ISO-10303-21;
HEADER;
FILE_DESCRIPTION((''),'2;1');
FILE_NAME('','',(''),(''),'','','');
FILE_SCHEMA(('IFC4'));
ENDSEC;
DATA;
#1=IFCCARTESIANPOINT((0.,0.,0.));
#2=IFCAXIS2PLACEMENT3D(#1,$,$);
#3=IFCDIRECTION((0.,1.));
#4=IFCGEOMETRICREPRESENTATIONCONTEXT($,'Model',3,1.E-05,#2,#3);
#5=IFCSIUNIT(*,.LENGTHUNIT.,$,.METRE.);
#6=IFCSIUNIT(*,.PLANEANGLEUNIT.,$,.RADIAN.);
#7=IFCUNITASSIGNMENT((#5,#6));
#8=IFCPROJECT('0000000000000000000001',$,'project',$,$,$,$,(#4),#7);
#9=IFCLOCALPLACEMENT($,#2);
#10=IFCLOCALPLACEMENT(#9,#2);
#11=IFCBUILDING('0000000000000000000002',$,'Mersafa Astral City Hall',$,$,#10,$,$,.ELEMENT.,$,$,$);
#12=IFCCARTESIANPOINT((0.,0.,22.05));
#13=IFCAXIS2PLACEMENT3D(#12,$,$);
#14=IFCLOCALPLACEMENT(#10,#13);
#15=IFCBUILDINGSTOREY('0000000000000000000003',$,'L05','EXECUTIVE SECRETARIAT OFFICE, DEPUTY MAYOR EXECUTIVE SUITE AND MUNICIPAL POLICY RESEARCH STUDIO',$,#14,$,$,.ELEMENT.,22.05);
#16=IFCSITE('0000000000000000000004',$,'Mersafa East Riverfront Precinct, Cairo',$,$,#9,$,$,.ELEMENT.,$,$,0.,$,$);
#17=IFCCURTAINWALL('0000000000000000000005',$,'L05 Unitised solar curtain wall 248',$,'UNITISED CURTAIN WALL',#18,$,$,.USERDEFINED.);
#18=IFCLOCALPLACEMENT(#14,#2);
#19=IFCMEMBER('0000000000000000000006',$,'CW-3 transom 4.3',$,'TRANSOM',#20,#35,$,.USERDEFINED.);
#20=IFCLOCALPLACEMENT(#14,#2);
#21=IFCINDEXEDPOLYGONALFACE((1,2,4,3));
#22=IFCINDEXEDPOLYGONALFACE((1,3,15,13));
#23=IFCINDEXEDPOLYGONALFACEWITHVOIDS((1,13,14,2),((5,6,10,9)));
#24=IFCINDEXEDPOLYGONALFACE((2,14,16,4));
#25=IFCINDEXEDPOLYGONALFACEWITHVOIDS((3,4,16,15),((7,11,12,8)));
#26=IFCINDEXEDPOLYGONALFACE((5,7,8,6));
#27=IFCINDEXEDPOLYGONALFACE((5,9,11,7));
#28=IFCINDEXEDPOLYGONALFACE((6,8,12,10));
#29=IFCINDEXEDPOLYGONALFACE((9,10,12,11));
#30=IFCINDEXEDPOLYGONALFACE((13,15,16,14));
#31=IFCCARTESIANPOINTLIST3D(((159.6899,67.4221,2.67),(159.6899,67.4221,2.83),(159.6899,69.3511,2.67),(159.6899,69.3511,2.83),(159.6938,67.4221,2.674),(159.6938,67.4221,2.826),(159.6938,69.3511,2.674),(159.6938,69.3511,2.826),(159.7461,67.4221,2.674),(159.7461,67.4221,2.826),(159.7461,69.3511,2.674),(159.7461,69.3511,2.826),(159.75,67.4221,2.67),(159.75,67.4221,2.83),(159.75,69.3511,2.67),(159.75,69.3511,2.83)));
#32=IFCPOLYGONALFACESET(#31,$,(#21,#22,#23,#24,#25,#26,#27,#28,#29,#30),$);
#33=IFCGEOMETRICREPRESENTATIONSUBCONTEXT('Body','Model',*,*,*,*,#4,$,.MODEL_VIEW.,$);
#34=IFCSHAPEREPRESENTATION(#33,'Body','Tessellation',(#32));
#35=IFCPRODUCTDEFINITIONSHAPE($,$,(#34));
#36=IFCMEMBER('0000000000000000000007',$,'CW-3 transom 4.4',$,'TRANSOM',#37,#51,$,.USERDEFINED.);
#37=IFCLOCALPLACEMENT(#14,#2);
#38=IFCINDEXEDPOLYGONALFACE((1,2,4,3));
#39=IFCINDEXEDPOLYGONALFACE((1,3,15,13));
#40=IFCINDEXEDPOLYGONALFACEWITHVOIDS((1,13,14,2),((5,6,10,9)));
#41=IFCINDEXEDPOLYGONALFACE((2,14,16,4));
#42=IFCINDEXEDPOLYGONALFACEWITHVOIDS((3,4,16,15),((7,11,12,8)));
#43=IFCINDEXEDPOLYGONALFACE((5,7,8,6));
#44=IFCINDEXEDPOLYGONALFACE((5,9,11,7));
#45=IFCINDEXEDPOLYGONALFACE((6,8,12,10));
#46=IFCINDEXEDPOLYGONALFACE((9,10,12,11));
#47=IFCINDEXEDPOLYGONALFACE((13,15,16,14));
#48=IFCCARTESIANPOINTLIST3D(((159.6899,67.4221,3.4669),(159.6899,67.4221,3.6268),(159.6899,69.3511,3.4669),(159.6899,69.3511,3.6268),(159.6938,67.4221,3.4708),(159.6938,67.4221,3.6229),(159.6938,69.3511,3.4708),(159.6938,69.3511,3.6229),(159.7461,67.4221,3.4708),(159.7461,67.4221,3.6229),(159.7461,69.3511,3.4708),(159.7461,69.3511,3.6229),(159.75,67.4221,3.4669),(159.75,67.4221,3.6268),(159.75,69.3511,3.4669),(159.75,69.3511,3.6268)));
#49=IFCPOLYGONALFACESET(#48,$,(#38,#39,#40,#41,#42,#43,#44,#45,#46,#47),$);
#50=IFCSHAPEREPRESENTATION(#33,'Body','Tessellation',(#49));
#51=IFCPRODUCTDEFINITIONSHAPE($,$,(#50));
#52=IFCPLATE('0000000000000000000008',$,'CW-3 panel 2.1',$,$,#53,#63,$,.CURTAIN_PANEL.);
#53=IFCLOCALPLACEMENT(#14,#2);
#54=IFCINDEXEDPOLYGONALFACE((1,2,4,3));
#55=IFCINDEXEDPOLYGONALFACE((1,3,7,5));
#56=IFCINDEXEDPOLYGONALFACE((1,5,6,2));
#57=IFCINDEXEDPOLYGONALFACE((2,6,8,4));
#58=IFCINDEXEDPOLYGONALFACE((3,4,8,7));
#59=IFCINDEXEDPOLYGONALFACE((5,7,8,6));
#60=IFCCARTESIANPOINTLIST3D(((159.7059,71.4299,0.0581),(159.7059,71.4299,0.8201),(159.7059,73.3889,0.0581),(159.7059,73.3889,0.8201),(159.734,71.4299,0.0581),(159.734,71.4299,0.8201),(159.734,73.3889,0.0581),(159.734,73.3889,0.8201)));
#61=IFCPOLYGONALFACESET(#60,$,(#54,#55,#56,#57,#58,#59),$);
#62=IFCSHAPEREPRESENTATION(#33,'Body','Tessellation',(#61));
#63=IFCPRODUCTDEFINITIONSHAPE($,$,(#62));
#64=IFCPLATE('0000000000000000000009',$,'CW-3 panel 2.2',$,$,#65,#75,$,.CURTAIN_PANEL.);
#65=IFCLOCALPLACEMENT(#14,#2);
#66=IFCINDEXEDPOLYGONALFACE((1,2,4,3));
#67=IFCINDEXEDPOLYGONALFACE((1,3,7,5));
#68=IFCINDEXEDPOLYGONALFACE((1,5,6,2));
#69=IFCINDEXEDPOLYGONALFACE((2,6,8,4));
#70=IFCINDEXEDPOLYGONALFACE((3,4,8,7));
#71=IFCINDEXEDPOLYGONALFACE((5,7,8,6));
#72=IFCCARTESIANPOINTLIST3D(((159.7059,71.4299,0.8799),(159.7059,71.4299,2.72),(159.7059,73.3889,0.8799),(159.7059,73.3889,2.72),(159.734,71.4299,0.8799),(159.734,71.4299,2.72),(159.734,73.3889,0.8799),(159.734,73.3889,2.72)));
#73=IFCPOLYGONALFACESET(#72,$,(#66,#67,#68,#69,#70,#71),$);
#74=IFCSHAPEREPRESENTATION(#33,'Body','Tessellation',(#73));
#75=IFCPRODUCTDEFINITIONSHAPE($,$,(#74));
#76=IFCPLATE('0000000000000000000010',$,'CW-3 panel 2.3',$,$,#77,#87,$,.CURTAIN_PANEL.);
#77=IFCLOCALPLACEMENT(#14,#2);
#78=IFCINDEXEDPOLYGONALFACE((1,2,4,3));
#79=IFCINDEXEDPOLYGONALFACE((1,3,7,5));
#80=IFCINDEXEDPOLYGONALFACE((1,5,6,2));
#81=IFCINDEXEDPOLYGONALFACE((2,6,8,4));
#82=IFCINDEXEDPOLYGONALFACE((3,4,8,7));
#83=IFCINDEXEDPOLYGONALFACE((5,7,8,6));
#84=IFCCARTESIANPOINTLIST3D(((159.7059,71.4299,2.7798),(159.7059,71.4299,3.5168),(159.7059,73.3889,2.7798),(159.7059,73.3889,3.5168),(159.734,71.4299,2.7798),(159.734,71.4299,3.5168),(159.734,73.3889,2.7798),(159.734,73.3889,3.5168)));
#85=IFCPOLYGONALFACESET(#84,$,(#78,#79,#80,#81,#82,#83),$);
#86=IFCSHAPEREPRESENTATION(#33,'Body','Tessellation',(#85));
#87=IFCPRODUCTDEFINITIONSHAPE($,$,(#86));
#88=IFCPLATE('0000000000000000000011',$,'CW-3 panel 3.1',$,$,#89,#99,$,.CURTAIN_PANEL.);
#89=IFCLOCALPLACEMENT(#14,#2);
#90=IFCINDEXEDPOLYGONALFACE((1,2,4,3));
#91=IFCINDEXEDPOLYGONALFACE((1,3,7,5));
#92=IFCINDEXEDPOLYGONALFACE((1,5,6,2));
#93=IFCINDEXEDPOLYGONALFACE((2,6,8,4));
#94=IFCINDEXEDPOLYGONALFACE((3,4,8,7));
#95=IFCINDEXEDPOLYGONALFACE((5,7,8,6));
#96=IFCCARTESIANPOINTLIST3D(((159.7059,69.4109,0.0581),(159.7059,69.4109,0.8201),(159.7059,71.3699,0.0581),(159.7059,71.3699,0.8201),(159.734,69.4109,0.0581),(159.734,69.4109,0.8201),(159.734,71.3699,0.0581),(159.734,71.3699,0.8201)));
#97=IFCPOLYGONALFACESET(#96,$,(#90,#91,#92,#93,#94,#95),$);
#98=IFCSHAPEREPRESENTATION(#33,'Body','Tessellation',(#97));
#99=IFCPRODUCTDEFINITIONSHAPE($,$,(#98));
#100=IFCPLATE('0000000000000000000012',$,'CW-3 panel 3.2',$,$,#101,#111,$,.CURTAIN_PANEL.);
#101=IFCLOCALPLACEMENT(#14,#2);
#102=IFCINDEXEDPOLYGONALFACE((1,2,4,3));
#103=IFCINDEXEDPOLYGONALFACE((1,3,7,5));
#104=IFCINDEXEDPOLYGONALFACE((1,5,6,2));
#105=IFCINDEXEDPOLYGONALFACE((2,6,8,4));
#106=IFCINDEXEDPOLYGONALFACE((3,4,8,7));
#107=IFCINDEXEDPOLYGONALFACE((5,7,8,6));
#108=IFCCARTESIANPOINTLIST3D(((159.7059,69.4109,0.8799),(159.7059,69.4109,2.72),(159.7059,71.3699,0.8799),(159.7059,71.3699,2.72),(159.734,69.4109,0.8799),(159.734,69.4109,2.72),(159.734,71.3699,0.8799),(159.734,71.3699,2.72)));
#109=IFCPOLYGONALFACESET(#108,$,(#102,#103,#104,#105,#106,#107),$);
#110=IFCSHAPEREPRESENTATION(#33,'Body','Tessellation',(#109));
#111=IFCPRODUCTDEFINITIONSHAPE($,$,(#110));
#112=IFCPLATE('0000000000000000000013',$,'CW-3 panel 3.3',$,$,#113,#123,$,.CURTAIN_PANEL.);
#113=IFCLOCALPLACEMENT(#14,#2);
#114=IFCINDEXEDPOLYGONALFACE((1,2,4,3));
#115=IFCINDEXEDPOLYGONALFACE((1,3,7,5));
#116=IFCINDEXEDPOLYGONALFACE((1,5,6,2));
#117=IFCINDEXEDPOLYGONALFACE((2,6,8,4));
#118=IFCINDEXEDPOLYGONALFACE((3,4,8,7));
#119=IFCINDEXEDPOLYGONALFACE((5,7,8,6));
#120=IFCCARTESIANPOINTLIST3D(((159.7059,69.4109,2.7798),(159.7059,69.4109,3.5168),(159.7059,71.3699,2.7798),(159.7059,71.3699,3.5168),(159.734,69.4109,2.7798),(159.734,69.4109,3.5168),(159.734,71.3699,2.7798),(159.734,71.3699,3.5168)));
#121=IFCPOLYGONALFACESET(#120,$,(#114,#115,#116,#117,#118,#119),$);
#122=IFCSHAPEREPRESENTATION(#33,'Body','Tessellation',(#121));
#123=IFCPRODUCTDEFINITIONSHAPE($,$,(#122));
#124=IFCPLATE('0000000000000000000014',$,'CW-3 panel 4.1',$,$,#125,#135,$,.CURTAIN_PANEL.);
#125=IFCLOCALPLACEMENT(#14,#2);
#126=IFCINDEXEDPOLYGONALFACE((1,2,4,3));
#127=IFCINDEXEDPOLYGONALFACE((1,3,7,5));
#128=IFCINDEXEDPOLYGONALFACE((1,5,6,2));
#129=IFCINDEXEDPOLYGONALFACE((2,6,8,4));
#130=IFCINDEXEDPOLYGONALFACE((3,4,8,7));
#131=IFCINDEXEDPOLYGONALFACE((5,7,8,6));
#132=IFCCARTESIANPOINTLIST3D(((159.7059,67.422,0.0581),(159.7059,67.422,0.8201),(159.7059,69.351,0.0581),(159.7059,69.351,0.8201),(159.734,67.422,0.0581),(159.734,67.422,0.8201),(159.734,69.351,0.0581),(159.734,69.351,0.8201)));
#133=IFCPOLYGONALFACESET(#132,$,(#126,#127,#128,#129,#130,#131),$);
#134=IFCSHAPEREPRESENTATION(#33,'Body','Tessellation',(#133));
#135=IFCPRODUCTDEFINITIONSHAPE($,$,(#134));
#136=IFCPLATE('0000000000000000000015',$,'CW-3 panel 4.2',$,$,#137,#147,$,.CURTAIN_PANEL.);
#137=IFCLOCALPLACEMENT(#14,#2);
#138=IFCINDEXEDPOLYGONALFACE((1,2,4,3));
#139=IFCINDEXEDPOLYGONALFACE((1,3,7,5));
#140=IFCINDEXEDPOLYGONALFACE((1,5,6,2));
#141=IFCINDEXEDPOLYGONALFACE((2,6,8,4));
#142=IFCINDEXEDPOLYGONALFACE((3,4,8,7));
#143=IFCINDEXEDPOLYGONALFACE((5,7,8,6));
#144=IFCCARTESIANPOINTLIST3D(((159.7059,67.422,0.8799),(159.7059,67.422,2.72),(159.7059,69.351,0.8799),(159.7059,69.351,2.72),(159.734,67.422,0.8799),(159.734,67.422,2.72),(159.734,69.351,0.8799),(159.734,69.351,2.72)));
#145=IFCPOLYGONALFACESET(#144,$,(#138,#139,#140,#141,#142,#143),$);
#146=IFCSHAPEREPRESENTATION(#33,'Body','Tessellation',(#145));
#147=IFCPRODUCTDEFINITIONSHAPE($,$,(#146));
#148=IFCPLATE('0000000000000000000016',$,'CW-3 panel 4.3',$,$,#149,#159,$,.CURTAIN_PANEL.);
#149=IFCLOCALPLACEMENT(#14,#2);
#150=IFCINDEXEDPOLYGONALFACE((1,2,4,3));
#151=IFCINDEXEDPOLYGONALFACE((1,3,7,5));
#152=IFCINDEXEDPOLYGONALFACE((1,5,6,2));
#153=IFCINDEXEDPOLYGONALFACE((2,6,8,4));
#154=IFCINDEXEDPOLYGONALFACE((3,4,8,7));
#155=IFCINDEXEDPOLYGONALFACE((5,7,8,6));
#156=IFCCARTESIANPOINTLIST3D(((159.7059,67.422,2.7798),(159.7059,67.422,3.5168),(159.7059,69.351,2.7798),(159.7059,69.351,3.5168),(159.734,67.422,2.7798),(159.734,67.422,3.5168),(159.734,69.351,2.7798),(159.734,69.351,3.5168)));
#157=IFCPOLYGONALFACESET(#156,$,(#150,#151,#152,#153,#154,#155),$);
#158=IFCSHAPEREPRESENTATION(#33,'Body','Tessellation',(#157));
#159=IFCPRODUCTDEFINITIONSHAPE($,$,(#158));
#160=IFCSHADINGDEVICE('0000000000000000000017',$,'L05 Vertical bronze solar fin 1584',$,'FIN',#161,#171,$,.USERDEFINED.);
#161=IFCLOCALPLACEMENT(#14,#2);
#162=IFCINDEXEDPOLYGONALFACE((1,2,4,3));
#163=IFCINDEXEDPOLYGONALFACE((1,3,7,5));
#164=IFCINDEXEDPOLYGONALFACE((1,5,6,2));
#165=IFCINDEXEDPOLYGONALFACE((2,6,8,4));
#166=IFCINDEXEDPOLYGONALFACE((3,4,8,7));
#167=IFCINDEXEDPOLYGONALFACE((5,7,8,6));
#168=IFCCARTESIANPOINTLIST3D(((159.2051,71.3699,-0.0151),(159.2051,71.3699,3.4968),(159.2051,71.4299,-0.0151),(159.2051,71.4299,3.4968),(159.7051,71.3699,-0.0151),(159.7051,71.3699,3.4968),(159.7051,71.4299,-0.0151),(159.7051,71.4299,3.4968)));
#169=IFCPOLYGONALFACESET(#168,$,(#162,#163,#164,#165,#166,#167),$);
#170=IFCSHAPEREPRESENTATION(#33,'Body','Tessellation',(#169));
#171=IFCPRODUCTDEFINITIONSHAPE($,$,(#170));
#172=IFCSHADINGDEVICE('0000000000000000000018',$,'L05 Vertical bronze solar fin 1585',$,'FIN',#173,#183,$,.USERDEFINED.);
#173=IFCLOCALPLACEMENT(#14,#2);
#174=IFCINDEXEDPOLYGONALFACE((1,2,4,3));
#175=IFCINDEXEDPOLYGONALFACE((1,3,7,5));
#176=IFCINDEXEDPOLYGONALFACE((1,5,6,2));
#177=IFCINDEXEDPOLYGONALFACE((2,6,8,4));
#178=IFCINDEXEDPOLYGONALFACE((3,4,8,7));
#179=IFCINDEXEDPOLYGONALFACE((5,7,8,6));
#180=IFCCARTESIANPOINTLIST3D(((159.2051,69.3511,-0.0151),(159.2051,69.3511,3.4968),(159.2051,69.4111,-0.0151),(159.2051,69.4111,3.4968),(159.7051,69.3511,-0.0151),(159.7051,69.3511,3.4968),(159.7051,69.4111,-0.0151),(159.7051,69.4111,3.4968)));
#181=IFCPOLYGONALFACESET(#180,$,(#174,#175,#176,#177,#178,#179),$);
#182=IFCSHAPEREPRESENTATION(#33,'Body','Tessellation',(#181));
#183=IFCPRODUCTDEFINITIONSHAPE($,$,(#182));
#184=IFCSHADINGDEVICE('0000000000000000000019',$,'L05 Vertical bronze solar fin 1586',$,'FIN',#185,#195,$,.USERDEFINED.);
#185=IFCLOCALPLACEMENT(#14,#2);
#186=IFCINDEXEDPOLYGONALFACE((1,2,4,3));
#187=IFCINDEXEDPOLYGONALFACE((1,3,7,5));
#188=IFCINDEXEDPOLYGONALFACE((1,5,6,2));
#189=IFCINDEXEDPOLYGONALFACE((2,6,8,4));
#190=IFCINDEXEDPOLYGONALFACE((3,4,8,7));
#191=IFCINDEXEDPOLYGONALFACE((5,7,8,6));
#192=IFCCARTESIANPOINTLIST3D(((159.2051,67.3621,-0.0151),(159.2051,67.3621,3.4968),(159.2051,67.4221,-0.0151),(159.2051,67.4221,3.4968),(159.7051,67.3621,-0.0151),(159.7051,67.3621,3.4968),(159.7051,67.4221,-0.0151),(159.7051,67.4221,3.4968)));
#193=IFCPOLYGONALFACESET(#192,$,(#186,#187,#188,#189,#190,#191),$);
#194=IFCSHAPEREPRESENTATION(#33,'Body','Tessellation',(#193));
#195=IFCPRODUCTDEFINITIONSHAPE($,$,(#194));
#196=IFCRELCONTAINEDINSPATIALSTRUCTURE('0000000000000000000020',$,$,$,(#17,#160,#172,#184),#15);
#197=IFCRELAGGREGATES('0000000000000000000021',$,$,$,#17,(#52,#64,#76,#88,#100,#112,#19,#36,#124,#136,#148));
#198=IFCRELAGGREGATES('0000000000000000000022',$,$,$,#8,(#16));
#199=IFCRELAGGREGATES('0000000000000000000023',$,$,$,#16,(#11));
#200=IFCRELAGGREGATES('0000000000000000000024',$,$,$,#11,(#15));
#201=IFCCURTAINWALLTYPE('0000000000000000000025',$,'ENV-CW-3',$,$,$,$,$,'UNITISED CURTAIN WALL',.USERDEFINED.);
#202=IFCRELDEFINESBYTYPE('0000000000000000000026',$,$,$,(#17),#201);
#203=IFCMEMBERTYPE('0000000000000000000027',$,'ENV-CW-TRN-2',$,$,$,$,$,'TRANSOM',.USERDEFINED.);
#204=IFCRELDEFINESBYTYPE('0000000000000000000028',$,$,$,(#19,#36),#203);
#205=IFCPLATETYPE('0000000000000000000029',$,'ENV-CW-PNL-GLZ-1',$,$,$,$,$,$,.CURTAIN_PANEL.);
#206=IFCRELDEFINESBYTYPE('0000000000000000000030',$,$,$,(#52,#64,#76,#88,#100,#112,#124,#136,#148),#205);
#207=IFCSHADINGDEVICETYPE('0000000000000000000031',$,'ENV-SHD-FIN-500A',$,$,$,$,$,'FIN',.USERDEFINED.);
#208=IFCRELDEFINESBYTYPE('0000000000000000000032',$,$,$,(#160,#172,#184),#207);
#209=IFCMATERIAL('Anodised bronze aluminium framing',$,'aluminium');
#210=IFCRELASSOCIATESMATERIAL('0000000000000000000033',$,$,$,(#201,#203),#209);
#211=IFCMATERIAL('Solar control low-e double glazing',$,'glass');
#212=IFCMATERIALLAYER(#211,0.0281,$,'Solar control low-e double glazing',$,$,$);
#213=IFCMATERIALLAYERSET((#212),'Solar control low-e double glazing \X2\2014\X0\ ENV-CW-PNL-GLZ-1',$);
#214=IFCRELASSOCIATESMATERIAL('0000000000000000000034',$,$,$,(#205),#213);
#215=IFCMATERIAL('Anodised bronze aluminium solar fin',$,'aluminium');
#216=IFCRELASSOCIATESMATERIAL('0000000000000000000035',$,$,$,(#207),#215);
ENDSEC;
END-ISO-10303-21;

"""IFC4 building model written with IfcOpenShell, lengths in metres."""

from ifc_helpers import new_model, si_unit, direction, frame, origin, origin_2d, place, context, subcontext, project, spatial, rectangle, hollow_rectangle, extrude, material, layer, layer_set, material_profile, profile_set, type_object, element, aggregate, save


model = new_model("IFC4")

# Units and contexts
model_context = context("Model", 3, precision=1e-05, world=origin(), true_north=direction((0.0, 1.0)))
body_context = subcontext(model_context, "Body", "Model", "MODEL_VIEW")
ifc_project = project(units=[si_unit("LENGTHUNIT", "METRE"), si_unit("PLANEANGLEUNIT", "RADIAN")], contexts=[model_context])

# Site, building, storey
site_placement = place(None, origin())
site = spatial("IfcSite", under=ifc_project, at=site_placement, Name="Mersafa East Riverfront Precinct, Cairo", CompositionType="ELEMENT", RefElevation=0.0)
building_placement = place(site_placement, origin())
building = spatial("IfcBuilding", under=site, at=building_placement, Name="Mersafa Astral City Hall", CompositionType="ELEMENT")
storey_placement = place(building_placement, frame((0.0, 0.0, 22.05)))
storey = spatial("IfcBuildingStorey", under=building, at=storey_placement, Name="L05", Description="EXECUTIVE SECRETARIAT OFFICE, DEPUTY MAYOR EXECUTIVE SUITE AND MUNICIPAL POLICY RESEARCH STUDIO", CompositionType="ELEMENT", Elevation=22.05)

# Curtain wall, members, plates
ifc_material_1 = material(Name="Anodised bronze aluminium framing", Category="aluminium")
curtain_wall_type = type_object("IfcCurtainWallType", Name="ENV-CW-3", ElementType="UNITISED CURTAIN WALL", PredefinedType="USERDEFINED", material=ifc_material_1)
curtain_wall_placement = place(storey_placement, origin())
curtain_wall = element("IfcCurtainWall", 1, at=curtain_wall_placement, inside=storey, type_object=curtain_wall_type, Name="L05 Unitised solar curtain wall 248", ObjectType="UNITISED CURTAIN WALL", PredefinedType="USERDEFINED")
ifc_material_profile_1 = material_profile(ifc_material_1, hollow_rectangle(XDim=0.0601, YDim=0.1599, WallThickness=0.0039, at=origin_2d()), Name="RHS 60x160x4")
ifc_profile_set_1 = profile_set([ifc_material_profile_1], Name="Anodised bronze aluminium framing")
member_type_1 = type_object("IfcMemberType", Name="ENV-CW-TRN-2", ElementType="TRANSOM", PredefinedType="USERDEFINED", material=ifc_profile_set_1)
member_1_placement = place(storey_placement, frame((159.72, 69.3511, 2.75), z_axis=(0.0, -1.0, 0.0), x_axis=(1.0, 0.0, 0.0)))
member_1 = element("IfcMember", 2, at=member_1_placement, type_object=member_type_1, Name="CW-3 transom 4.3", ObjectType="TRANSOM", PredefinedType="USERDEFINED", context=body_context, shape_type="SweptSolid", body=[
    extrude(hollow_rectangle(XDim=0.0601, YDim=0.1599, WallThickness=0.0039, at=origin_2d()), origin(), (0.0, 0.0, 1.0), 1.929),
])
member_2_placement = place(storey_placement, frame((159.72, 69.3511, 3.5469), z_axis=(0.0, -1.0, 0.0), x_axis=(1.0, 0.0, 0.0)))
member_2 = element("IfcMember", 3, at=member_2_placement, type_object=member_type_1, Name="CW-3 transom 4.4", ObjectType="TRANSOM", PredefinedType="USERDEFINED", context=body_context, shape_type="SweptSolid", body=[
    extrude(hollow_rectangle(XDim=0.0601, YDim=0.1599, WallThickness=0.0039, at=origin_2d()), origin(), (0.0, 0.0, 1.0), 1.929),
])
ifc_material_2 = material(Name="Solar control low-e double glazing", Category="glass")
ifc_layer = layer(ifc_material_2, 0.0281, Name="Solar control low-e double glazing")
ifc_layer_set = layer_set([ifc_layer], Name="Solar control low-e double glazing — ENV-CW-PNL-GLZ-1")
plate_type = type_object("IfcPlateType", Name="ENV-CW-PNL-GLZ-1", PredefinedType="CURTAIN_PANEL", material=ifc_layer_set)
plate_1_placement = place(storey_placement, frame((159.72, 72.4094, 0.0581), z_axis=(0.0, 0.0, 1.0), x_axis=(0.0, -1.0, 0.0)))
plate_1 = element("IfcPlate", 4, at=plate_1_placement, type_object=plate_type, Name="CW-3 panel 2.1", PredefinedType="CURTAIN_PANEL", context=body_context, shape_type="SweptSolid", body=[
    extrude(rectangle(XDim=1.959, YDim=0.0281, at=origin_2d()), origin(), (0.0, 0.0, 1.0), 0.762),
])
plate_2_placement = place(storey_placement, frame((159.72, 72.4094, 0.8799), z_axis=(0.0, 0.0, 1.0), x_axis=(0.0, -1.0, 0.0)))
plate_2 = element("IfcPlate", 5, at=plate_2_placement, type_object=plate_type, Name="CW-3 panel 2.2", PredefinedType="CURTAIN_PANEL", context=body_context, shape_type="SweptSolid", body=[
    extrude(rectangle(XDim=1.959, YDim=0.0281, at=origin_2d()), origin(), (0.0, 0.0, 1.0), 1.8401),
])
plate_3_placement = place(storey_placement, frame((159.72, 72.4094, 2.7798), z_axis=(0.0, 0.0, 1.0), x_axis=(0.0, -1.0, 0.0)))
plate_3 = element("IfcPlate", 6, at=plate_3_placement, type_object=plate_type, Name="CW-3 panel 2.3", PredefinedType="CURTAIN_PANEL", context=body_context, shape_type="SweptSolid", body=[
    extrude(rectangle(XDim=1.959, YDim=0.0281, at=origin_2d()), origin(), (0.0, 0.0, 1.0), 0.7371),
])
plate_4_placement = place(storey_placement, frame((159.72, 70.3904, 0.0581), z_axis=(0.0, 0.0, 1.0), x_axis=(0.0, -1.0, 0.0)))
plate_4 = element("IfcPlate", 7, at=plate_4_placement, type_object=plate_type, Name="CW-3 panel 3.1", PredefinedType="CURTAIN_PANEL", context=body_context, shape_type="SweptSolid", body=[
    extrude(rectangle(XDim=1.959, YDim=0.0281, at=origin_2d()), origin(), (0.0, 0.0, 1.0), 0.762),
])
plate_5_placement = place(storey_placement, frame((159.72, 70.3904, 0.8799), z_axis=(0.0, 0.0, 1.0), x_axis=(0.0, -1.0, 0.0)))
plate_5 = element("IfcPlate", 8, at=plate_5_placement, type_object=plate_type, Name="CW-3 panel 3.2", PredefinedType="CURTAIN_PANEL", context=body_context, shape_type="SweptSolid", body=[
    extrude(rectangle(XDim=1.959, YDim=0.0281, at=origin_2d()), origin(), (0.0, 0.0, 1.0), 1.8401),
])
plate_6_placement = place(storey_placement, frame((159.72, 70.3904, 2.7798), z_axis=(0.0, 0.0, 1.0), x_axis=(0.0, -1.0, 0.0)))
plate_6 = element("IfcPlate", 9, at=plate_6_placement, type_object=plate_type, Name="CW-3 panel 3.3", PredefinedType="CURTAIN_PANEL", context=body_context, shape_type="SweptSolid", body=[
    extrude(rectangle(XDim=1.959, YDim=0.0281, at=origin_2d()), origin(), (0.0, 0.0, 1.0), 0.7371),
])
plate_7_placement = place(storey_placement, frame((159.72, 68.3865, 0.0581), z_axis=(0.0, 0.0, 1.0), x_axis=(0.0, -1.0, 0.0)))
plate_7 = element("IfcPlate", 10, at=plate_7_placement, type_object=plate_type, Name="CW-3 panel 4.1", PredefinedType="CURTAIN_PANEL", context=body_context, shape_type="SweptSolid", body=[
    extrude(rectangle(XDim=1.929, YDim=0.0281, at=origin_2d()), origin(), (0.0, 0.0, 1.0), 0.762),
])
plate_8_placement = place(storey_placement, frame((159.72, 68.3865, 0.8799), z_axis=(0.0, 0.0, 1.0), x_axis=(0.0, -1.0, 0.0)))
plate_8 = element("IfcPlate", 11, at=plate_8_placement, type_object=plate_type, Name="CW-3 panel 4.2", PredefinedType="CURTAIN_PANEL", context=body_context, shape_type="SweptSolid", body=[
    extrude(rectangle(XDim=1.929, YDim=0.0281, at=origin_2d()), origin(), (0.0, 0.0, 1.0), 1.8401),
])
plate_9_placement = place(storey_placement, frame((159.72, 68.3865, 2.7798), z_axis=(0.0, 0.0, 1.0), x_axis=(0.0, -1.0, 0.0)))
plate_9 = element("IfcPlate", 12, at=plate_9_placement, type_object=plate_type, Name="CW-3 panel 4.3", PredefinedType="CURTAIN_PANEL", context=body_context, shape_type="SweptSolid", body=[
    extrude(rectangle(XDim=1.929, YDim=0.0281, at=origin_2d()), origin(), (0.0, 0.0, 1.0), 0.7371),
])
aggregate(curtain_wall, [plate_1, plate_2, plate_3, plate_4, plate_5, plate_6, member_1, member_2, plate_7, plate_8, plate_9])

# Shading devices
ifc_material_3 = material(Name="Anodised bronze aluminium solar fin", Category="aluminium")
shading_device_type = type_object("IfcShadingDeviceType", Name="ENV-SHD-FIN-500A", ElementType="FIN", PredefinedType="USERDEFINED", material=ifc_material_3)
for number, where, z_axis, x_axis, name in (
    (13, (159.4551, 71.3999, -0.0151), (0.0, 0.0, 1.0), (0.0, -1.0, 0.0), "L05 Vertical bronze solar fin 1584"),
    (14, (159.4551, 69.3811, -0.0151), (0.0, 0.0, 1.0), (0.0, -1.0, 0.0), "L05 Vertical bronze solar fin 1585"),
    (15, (159.4551, 67.3921, -0.0151), (0.0, 0.0, 1.0), (0.0, -1.0, 0.0), "L05 Vertical bronze solar fin 1586"),
):
    element("IfcShadingDevice", number, at=place(storey_placement, frame(where, z_axis=z_axis, x_axis=x_axis)), inside=storey, type_object=shading_device_type, Name=name, ObjectType="FIN", PredefinedType="USERDEFINED", context=body_context, shape_type="SweptSolid", body=[
        extrude(rectangle(XDim=0.0601, YDim=0.5, at=origin_2d()), origin(), (0.0, 0.0, 1.0), 3.512),
    ])

save(model, "model.ifc")
